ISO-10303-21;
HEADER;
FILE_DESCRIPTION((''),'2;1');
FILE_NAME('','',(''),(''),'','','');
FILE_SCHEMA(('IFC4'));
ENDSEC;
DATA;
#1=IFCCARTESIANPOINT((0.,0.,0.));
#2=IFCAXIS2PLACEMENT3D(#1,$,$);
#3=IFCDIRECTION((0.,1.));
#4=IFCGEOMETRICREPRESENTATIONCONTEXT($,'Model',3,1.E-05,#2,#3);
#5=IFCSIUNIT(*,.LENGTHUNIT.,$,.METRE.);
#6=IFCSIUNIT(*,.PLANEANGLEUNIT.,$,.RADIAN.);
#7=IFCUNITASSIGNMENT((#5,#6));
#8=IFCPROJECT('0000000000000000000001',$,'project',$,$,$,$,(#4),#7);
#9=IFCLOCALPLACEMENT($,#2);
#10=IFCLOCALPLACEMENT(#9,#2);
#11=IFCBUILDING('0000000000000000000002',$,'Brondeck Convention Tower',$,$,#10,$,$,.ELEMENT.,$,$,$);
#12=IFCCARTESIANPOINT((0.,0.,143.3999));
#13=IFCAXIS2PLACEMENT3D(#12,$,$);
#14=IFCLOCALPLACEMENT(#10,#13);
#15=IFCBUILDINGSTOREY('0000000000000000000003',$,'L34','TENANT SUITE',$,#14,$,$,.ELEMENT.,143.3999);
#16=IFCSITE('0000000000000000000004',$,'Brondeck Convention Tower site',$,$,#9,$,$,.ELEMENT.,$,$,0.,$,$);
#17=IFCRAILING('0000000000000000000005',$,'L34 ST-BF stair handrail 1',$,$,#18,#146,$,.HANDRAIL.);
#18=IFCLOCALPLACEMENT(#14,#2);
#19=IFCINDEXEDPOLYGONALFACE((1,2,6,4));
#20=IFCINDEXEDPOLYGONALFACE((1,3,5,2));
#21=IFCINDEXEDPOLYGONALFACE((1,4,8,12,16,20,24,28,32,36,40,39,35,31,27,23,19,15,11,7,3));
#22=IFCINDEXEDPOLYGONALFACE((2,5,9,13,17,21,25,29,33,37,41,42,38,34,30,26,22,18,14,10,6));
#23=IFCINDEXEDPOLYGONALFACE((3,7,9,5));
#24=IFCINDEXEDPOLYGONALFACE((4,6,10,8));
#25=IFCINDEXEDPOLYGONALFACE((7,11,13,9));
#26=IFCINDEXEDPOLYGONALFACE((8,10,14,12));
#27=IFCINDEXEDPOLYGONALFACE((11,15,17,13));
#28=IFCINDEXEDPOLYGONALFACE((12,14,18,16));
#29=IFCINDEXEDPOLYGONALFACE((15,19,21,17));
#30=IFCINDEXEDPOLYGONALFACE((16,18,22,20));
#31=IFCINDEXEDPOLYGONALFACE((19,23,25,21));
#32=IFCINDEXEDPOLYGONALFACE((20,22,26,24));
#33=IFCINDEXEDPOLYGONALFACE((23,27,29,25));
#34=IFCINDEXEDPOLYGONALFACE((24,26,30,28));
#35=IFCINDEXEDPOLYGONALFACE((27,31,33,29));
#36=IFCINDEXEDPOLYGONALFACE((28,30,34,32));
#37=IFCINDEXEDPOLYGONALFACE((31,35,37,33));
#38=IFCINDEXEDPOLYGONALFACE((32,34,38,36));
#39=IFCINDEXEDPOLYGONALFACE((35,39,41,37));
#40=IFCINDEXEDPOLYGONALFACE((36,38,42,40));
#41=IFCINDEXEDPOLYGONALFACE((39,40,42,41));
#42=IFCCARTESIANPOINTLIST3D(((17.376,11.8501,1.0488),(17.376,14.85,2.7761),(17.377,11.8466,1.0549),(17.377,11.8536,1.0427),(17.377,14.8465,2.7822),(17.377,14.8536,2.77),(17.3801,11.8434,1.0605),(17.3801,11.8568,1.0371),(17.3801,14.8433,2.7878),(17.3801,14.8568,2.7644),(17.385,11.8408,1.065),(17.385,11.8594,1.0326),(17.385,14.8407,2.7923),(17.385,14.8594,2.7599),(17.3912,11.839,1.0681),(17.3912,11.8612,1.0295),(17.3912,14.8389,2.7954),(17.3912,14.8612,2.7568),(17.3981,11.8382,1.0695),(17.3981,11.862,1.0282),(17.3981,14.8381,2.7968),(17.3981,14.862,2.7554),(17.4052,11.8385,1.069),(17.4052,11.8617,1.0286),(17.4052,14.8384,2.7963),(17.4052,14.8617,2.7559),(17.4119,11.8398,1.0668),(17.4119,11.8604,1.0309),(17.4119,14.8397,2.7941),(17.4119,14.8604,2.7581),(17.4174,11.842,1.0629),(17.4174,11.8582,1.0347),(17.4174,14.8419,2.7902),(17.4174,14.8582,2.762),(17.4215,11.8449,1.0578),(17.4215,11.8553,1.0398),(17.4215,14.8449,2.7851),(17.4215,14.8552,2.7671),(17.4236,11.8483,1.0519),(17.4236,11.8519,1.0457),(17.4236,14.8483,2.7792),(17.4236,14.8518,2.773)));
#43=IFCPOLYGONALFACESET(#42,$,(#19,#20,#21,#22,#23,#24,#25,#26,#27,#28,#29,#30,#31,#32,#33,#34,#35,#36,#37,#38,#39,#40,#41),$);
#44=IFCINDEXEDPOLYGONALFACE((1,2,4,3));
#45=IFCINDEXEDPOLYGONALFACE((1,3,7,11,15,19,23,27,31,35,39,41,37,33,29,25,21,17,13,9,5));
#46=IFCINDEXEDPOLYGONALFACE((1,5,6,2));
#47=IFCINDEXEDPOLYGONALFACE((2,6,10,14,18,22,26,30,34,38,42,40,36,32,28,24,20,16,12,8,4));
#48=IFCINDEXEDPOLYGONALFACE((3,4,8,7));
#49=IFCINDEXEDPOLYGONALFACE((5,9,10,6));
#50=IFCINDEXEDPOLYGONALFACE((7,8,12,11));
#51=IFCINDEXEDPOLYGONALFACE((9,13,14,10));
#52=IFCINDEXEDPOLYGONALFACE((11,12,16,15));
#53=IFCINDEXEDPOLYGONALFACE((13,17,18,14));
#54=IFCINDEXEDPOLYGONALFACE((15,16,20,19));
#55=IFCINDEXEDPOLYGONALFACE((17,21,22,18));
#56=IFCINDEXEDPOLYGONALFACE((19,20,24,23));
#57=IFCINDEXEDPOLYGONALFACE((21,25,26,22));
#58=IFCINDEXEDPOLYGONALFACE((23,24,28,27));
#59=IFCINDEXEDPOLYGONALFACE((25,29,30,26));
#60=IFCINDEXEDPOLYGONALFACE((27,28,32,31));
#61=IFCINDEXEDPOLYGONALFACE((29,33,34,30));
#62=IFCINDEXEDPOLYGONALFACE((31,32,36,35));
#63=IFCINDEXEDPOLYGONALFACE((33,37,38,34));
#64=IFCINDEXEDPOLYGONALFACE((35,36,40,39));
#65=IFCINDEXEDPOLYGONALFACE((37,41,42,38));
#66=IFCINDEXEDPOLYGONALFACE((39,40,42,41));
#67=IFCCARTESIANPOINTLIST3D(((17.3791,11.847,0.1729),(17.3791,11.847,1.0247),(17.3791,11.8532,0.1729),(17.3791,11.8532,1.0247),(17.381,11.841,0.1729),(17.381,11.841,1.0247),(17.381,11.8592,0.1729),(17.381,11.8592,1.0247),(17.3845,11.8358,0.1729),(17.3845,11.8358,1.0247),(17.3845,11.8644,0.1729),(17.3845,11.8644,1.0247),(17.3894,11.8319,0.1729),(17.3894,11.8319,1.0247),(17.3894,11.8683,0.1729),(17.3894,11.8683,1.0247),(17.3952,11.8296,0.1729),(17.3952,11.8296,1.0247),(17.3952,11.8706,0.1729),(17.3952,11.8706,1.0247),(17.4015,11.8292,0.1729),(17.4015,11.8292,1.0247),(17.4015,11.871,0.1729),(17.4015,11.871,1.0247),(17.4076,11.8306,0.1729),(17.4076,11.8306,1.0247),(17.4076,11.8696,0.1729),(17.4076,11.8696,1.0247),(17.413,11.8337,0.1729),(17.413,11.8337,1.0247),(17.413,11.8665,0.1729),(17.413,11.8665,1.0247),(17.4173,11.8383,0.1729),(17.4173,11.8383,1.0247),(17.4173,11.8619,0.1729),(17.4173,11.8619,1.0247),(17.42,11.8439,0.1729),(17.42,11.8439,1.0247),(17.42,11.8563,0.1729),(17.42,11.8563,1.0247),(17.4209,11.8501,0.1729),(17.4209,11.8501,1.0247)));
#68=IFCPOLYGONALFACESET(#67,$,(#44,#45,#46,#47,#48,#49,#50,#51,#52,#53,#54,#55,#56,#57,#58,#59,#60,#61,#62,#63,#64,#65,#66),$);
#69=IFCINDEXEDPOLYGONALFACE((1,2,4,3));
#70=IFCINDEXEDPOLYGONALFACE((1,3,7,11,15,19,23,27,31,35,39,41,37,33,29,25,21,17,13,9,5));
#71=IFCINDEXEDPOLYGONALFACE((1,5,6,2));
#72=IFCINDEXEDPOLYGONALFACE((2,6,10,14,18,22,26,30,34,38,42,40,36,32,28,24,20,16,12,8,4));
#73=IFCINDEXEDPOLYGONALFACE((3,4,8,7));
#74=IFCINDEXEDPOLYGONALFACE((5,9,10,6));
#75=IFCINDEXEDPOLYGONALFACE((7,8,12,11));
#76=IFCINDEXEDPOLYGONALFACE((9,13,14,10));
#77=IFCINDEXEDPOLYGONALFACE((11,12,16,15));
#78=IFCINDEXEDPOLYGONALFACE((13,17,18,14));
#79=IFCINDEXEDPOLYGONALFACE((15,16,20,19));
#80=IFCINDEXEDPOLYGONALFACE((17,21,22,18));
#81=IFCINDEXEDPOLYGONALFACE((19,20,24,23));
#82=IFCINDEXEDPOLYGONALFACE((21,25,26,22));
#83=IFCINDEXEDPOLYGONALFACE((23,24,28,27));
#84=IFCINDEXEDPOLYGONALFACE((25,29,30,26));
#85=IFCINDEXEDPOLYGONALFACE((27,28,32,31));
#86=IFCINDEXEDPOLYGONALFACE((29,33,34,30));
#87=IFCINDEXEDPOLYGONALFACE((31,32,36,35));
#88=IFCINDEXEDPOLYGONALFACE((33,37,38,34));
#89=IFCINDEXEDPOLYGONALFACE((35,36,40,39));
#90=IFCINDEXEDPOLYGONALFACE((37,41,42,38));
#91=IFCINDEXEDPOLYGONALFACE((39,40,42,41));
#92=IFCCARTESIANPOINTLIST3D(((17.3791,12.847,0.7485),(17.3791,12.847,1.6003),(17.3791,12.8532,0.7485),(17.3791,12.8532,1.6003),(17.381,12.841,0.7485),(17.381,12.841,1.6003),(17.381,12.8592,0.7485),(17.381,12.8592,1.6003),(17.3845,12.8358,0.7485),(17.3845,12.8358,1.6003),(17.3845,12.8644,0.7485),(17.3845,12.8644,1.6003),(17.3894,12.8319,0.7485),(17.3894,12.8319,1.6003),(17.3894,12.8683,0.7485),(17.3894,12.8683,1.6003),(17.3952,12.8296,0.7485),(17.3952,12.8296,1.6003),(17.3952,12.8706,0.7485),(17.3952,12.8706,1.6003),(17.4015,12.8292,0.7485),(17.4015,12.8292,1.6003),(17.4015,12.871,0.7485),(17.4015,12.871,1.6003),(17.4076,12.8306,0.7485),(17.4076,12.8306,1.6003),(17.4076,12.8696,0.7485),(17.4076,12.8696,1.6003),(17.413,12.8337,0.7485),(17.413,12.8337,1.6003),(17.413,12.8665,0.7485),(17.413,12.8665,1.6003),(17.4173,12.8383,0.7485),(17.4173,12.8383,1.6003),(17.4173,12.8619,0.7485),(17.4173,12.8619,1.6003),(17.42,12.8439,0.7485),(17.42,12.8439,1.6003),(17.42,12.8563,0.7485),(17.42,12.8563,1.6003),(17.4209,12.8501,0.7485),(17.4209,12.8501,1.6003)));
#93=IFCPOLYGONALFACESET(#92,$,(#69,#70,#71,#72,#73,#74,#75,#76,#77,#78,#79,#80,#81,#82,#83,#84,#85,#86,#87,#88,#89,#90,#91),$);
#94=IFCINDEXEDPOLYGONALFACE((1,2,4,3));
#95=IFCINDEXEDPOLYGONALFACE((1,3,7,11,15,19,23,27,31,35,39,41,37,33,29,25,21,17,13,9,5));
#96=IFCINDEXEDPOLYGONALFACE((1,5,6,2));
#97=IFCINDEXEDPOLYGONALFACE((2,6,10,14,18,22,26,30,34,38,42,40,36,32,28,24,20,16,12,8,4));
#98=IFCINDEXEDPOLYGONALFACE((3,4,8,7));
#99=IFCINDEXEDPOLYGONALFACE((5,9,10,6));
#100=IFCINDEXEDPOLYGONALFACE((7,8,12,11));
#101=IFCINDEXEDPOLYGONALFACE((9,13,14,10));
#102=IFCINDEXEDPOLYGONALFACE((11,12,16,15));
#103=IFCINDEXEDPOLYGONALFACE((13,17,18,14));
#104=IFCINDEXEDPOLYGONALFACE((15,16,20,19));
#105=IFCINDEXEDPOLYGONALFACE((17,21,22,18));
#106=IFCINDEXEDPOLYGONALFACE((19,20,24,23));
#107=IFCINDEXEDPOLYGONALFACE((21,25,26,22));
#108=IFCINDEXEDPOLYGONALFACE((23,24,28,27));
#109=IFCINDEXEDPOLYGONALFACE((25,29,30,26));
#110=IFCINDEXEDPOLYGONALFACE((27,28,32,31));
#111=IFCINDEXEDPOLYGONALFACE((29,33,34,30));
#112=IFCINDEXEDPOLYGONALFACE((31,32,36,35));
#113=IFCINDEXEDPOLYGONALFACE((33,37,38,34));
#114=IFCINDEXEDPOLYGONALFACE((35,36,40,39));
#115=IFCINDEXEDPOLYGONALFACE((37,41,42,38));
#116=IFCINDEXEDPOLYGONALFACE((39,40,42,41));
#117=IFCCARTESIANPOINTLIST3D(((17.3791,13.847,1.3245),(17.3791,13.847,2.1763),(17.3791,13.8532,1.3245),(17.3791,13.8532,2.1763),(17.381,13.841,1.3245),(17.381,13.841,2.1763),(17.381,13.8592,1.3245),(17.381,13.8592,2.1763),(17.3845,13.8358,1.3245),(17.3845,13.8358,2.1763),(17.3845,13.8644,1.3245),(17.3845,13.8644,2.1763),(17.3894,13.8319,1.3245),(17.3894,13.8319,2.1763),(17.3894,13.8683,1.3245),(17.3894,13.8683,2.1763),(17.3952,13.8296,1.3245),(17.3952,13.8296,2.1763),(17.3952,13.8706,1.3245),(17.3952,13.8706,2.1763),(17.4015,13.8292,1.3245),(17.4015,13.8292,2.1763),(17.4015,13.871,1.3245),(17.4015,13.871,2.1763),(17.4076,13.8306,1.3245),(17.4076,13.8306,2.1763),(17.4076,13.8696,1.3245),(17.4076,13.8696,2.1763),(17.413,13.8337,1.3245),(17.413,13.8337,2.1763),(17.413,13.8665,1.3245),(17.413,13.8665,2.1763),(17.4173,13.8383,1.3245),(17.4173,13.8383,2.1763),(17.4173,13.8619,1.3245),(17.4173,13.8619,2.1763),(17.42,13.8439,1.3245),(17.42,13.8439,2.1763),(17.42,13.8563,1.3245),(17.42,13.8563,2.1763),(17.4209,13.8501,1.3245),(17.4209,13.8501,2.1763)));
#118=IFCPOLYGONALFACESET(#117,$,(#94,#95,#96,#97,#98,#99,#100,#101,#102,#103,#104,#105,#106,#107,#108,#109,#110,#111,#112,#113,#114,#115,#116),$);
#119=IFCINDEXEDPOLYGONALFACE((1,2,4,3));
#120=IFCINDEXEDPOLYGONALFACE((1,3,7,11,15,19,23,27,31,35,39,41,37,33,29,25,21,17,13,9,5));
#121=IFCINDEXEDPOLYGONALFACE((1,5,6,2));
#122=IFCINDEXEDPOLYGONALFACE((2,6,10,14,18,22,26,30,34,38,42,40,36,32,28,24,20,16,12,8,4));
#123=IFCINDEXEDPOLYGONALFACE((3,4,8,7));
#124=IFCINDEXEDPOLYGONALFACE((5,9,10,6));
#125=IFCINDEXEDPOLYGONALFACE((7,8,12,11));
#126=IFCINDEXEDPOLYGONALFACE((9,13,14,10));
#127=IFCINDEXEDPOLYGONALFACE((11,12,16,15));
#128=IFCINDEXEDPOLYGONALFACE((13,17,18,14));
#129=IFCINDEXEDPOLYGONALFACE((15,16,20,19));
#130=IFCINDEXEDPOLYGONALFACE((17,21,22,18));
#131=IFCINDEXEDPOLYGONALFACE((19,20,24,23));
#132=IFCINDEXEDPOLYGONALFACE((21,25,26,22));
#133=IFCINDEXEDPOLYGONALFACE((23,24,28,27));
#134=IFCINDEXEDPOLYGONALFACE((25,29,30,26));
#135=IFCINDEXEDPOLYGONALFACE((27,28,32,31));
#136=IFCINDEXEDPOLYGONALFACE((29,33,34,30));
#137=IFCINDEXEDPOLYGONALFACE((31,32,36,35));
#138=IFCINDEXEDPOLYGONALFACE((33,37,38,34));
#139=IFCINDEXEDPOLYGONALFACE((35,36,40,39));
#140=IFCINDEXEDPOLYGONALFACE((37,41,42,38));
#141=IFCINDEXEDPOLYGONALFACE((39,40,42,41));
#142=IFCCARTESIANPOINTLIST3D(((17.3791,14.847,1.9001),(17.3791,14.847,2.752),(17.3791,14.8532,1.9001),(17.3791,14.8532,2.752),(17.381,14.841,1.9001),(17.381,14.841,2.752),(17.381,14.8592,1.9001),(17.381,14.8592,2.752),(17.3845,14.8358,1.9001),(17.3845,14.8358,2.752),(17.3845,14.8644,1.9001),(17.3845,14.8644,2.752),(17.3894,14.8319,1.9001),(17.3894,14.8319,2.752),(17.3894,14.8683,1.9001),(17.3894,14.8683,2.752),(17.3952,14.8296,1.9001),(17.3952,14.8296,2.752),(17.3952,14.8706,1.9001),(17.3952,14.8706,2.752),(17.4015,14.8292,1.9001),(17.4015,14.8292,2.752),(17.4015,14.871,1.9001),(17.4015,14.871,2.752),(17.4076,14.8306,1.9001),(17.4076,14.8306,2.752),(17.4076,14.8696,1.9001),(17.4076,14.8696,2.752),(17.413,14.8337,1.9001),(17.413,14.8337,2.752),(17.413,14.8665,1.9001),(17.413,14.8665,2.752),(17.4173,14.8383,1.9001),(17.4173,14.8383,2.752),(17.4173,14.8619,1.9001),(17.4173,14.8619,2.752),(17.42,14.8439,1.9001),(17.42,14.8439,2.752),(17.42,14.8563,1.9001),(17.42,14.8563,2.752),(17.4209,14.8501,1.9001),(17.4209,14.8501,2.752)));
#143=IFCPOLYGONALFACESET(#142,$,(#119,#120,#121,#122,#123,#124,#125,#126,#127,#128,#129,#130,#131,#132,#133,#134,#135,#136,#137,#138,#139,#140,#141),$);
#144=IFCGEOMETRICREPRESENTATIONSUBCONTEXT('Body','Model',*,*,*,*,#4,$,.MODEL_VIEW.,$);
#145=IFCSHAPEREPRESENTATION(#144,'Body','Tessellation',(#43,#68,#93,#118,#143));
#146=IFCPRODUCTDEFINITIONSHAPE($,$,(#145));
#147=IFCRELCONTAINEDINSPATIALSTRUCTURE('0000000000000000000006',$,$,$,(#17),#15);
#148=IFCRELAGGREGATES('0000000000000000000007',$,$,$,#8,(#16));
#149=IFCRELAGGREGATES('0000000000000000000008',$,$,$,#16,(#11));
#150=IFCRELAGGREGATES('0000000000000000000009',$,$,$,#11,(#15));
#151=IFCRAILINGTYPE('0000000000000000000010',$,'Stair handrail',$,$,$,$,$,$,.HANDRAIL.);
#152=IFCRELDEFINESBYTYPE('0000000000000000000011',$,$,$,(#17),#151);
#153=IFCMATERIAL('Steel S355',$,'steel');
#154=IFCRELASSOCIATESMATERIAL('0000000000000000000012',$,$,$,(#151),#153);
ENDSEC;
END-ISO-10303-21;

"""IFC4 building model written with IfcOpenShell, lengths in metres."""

from ifc_helpers import new_model, si_unit, direction, frame, origin, origin_2d, place, context, subcontext, project, spatial, circle, extrude, material, type_object, element, save


model = new_model("IFC4")

# Units and contexts
model_context = context("Model", 3, precision=1e-05, world=origin(), true_north=direction((0.0, 1.0)))
body_context = subcontext(model_context, "Body", "Model", "MODEL_VIEW")
ifc_project = project(units=[si_unit("LENGTHUNIT", "METRE"), si_unit("PLANEANGLEUNIT", "RADIAN")], contexts=[model_context])

# Site, building, storey
site_placement = place(None, origin())
site = spatial("IfcSite", under=ifc_project, at=site_placement, Name="Brondeck Convention Tower site", CompositionType="ELEMENT", RefElevation=0.0)
building_placement = place(site_placement, origin())
building = spatial("IfcBuilding", under=site, at=building_placement, Name="Brondeck Convention Tower", CompositionType="ELEMENT")
storey_placement = place(building_placement, frame((0.0, 0.0, 143.3999)))
storey = spatial("IfcBuildingStorey", under=building, at=storey_placement, Name="L34", Description="TENANT SUITE", CompositionType="ELEMENT", Elevation=143.3999)

# Shared definitions
ifc_material_1 = material(Name="Steel S355", Category="steel")

# Railing
railing_type_1 = type_object("IfcRailingType", Name="Stair handrail", PredefinedType="HANDRAIL", material=ifc_material_1)
railing_1_placement = place(storey_placement, frame((17.3999, 11.8501, 0.1729)))
element("IfcRailing", 1, at=railing_1_placement, inside=storey, type_object=railing_type_1, Name="L34 ST-BF stair handrail 1", PredefinedType="HANDRAIL", context=body_context, shape_type="SweptSolid", body=[
    extrude(circle(Radius=0.0239, at=origin_2d()), frame((0.0, 0.0, 0.876), z_axis=(0.0, 0.86662, 0.498969), x_axis=(-1.0, 0.0, 0.0)), (0.0, 0.0, 1.0), 3.4617),
    extrude(circle(Radius=0.021, at=origin_2d()), origin(), (0.0, 0.0, 1.0), 0.8518),
    extrude(circle(Radius=0.021, at=origin_2d()), frame((0.0, 1.0, 0.5757)), (0.0, 0.0, 1.0), 0.8518),
    extrude(circle(Radius=0.021, at=origin_2d()), frame((0.0, 2.0, 1.1516)), (0.0, 0.0, 1.0), 0.8518),
    extrude(circle(Radius=0.021, at=origin_2d()), frame((0.0, 3.0, 1.7273)), (0.0, 0.0, 1.0), 0.8518),
])

save(model, "model.ifc")
